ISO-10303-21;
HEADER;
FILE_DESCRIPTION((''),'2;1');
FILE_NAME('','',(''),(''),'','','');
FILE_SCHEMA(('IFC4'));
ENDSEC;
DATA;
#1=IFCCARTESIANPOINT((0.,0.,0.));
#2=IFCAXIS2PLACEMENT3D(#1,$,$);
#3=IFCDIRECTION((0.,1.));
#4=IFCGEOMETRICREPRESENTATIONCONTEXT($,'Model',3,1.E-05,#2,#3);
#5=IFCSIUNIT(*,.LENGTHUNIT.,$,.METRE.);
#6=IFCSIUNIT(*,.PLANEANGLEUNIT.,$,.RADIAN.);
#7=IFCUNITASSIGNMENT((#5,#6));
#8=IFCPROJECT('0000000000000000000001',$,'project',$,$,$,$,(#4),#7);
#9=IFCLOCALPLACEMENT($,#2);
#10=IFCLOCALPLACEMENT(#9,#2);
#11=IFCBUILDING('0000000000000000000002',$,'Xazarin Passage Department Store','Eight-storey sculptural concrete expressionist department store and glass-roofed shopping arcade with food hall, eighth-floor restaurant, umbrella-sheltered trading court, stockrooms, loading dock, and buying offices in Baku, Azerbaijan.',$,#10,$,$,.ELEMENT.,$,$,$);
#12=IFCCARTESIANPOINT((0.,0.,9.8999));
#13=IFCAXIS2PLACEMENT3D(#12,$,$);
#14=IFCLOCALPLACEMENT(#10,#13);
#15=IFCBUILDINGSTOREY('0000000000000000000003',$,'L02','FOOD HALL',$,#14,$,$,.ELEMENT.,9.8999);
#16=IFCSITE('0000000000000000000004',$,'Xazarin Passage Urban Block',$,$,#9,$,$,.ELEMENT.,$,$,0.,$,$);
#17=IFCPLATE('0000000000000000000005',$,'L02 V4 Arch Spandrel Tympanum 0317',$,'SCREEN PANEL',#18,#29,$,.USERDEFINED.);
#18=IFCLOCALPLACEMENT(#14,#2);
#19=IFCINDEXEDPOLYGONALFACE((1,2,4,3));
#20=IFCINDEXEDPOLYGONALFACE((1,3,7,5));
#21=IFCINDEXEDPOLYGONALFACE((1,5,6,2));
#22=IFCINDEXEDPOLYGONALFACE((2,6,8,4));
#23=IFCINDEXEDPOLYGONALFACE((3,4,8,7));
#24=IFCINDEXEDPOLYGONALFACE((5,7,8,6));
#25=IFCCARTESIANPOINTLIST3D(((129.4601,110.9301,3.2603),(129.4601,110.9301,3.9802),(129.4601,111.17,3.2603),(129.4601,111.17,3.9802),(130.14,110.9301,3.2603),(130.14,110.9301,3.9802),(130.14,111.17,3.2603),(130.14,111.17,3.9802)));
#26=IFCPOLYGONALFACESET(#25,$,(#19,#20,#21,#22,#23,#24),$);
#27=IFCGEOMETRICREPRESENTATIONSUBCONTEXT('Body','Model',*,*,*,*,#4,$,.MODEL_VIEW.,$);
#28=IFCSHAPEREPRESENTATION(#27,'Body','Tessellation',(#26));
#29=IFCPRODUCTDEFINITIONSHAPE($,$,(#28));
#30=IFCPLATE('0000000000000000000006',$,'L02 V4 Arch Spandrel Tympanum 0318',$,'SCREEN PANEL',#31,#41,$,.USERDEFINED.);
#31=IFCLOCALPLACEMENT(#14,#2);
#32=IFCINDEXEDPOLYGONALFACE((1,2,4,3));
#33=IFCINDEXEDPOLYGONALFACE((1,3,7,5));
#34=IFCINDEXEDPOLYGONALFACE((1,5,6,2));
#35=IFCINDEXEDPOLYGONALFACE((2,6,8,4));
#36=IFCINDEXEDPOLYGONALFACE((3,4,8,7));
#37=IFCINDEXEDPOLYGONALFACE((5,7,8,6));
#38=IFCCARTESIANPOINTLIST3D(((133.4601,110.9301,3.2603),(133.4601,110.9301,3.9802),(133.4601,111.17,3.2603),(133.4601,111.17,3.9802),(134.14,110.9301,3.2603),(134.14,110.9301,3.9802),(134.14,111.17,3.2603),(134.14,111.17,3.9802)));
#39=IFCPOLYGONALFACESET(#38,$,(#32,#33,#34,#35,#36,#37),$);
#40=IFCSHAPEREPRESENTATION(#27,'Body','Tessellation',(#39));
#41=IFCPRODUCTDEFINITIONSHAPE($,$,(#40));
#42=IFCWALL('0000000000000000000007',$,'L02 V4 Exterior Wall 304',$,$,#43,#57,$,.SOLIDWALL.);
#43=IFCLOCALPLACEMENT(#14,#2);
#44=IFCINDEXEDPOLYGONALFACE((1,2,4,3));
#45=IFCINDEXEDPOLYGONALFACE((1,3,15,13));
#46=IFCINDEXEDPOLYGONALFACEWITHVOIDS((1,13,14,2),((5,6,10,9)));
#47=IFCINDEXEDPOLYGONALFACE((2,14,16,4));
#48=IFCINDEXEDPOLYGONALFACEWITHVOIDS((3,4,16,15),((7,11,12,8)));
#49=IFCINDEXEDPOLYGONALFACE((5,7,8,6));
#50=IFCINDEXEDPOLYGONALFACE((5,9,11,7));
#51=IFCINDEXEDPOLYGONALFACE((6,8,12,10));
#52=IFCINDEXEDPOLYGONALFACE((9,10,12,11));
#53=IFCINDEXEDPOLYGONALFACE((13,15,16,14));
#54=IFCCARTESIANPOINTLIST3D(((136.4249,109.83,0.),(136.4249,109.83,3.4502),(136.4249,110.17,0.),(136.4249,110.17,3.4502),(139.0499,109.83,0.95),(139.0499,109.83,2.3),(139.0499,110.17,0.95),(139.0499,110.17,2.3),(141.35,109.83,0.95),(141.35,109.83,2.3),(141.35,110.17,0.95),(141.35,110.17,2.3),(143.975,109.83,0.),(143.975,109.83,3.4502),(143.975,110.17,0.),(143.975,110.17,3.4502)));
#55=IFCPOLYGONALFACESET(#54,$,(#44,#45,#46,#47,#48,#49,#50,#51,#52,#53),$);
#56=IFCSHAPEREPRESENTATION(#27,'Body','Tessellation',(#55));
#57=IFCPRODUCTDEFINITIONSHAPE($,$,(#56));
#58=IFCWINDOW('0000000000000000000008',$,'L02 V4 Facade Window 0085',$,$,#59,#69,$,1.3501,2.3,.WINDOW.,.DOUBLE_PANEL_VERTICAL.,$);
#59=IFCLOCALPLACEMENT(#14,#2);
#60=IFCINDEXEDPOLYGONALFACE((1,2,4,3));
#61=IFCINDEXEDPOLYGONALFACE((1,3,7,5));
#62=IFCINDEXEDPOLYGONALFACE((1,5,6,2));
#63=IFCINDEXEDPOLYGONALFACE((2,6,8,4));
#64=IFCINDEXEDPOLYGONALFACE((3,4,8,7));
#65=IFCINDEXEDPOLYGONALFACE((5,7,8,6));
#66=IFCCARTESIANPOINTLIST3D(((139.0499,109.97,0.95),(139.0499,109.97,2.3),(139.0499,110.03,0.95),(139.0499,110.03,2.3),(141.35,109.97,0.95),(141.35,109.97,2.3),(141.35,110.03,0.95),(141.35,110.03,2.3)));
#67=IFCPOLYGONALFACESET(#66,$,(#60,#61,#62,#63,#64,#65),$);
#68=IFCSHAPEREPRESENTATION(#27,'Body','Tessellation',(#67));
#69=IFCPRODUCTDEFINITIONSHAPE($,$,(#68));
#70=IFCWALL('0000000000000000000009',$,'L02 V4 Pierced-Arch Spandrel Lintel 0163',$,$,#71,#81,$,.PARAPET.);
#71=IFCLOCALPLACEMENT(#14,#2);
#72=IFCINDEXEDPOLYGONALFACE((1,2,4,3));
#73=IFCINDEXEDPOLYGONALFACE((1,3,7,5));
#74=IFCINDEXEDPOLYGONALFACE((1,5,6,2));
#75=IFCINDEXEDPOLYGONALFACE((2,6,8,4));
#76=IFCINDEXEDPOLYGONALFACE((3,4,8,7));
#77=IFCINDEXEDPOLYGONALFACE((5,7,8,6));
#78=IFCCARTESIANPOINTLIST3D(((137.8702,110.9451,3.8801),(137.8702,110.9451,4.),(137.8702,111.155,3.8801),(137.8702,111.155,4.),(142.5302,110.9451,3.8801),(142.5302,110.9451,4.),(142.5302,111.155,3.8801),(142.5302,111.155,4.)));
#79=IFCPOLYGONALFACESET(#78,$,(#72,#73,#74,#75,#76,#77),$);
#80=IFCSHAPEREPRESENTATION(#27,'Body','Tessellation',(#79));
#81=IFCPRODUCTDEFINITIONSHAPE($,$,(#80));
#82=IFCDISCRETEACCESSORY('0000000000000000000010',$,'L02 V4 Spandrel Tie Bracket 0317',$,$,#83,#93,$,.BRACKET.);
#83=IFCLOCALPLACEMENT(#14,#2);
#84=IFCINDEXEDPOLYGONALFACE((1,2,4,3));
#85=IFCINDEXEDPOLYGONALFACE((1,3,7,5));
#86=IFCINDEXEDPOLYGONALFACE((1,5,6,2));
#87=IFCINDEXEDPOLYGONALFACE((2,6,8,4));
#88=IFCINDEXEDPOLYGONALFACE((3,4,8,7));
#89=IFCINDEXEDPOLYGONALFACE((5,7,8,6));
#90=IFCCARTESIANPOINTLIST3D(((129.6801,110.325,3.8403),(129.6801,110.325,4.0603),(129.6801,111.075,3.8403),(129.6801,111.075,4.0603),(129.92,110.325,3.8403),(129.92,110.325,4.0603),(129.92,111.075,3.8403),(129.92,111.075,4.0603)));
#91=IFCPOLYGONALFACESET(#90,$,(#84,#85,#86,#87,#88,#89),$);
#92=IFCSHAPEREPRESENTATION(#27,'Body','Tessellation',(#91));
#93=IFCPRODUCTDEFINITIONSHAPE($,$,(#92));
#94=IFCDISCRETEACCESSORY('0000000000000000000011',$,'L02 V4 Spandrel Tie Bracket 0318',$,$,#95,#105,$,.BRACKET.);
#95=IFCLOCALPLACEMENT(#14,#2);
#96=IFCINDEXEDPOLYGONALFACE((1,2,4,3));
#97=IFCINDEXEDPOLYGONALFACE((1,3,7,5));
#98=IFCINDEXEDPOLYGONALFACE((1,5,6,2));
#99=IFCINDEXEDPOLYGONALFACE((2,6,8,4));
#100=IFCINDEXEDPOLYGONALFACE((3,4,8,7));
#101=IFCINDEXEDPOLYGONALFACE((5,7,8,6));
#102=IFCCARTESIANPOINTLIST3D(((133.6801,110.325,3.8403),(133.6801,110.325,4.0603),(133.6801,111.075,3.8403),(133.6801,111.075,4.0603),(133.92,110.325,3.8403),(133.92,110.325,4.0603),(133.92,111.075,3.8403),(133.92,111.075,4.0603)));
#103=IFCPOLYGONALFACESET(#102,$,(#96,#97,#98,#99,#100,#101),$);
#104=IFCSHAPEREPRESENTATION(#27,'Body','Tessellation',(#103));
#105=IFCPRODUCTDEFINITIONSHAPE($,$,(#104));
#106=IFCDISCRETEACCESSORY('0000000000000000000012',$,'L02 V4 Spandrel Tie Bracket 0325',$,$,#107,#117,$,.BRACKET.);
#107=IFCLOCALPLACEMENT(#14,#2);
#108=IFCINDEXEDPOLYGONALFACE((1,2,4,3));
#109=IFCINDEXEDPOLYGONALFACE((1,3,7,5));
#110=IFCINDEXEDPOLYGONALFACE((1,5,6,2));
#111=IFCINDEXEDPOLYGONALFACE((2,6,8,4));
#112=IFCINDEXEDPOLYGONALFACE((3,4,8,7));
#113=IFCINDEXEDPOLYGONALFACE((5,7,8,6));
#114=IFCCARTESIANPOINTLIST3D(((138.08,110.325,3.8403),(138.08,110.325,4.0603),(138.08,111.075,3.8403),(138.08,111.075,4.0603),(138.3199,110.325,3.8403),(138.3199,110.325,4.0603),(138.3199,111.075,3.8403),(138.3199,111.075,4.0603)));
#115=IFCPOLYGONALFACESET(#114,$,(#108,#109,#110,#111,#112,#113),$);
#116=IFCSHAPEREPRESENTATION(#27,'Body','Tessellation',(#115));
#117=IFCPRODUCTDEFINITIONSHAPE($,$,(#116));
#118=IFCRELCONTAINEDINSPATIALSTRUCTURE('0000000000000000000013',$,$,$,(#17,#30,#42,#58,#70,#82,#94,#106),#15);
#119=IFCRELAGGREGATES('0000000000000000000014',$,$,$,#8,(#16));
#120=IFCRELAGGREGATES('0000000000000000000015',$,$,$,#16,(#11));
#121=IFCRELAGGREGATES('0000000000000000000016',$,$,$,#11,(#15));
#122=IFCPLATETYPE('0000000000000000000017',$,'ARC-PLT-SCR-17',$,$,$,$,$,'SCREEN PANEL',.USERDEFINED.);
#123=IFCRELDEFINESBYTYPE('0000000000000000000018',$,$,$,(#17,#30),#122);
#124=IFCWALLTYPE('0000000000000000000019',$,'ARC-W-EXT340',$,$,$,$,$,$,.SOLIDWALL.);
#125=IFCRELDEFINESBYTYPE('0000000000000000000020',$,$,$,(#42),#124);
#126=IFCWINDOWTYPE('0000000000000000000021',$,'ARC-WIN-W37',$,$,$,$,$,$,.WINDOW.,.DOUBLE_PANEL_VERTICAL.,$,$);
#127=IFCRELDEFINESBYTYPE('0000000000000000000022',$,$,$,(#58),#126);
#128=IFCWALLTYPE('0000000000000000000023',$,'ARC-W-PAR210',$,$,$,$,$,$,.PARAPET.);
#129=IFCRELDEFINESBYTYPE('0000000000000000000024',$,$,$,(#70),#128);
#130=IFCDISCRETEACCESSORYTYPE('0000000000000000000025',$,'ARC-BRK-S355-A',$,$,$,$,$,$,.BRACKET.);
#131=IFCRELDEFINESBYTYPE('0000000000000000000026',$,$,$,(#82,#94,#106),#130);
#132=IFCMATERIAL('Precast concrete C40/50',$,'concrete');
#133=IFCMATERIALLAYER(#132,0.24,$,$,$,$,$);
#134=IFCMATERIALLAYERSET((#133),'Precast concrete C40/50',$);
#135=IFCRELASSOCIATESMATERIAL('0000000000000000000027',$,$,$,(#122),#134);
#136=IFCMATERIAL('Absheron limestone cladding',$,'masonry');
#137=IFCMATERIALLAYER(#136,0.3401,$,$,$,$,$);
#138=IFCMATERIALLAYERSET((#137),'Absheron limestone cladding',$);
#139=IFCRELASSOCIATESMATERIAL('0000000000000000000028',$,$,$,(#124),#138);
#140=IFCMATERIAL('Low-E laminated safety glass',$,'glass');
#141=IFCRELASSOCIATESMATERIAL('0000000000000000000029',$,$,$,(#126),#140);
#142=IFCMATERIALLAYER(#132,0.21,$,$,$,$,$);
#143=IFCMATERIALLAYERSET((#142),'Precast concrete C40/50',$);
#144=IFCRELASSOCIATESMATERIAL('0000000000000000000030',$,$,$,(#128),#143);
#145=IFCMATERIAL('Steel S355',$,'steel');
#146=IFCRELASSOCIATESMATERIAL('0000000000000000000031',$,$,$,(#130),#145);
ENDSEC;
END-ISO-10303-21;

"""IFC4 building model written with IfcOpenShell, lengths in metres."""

from ifc_helpers import new_model, si_unit, direction, frame, frame_2d, origin, origin_2d, place, context, subcontext, project, spatial, rectangle, extrude, material, layer, layer_set, type_object, element, fill, save


model = new_model("IFC4")

# Units and contexts
model_context = context("Model", 3, precision=1e-05, world=origin(), true_north=direction((0.0, 1.0)))
body_context = subcontext(model_context, "Body", "Model", "MODEL_VIEW")
ifc_project = project(units=[si_unit("LENGTHUNIT", "METRE"), si_unit("PLANEANGLEUNIT", "RADIAN")], contexts=[model_context])

# Site, building, storey
site_placement = place(None, origin())
site = spatial("IfcSite", under=ifc_project, at=site_placement, Name="Xazarin Passage Urban Block", CompositionType="ELEMENT", RefElevation=0.0)
building_placement = place(site_placement, origin())
building = spatial("IfcBuilding", under=site, at=building_placement, Name="Xazarin Passage Department Store", Description="Eight-storey sculptural concrete expressionist department store and glass-roofed shopping arcade with food hall, eighth-floor restaurant, umbrella-sheltered trading court, stockrooms, loading dock, and buying offices in Baku, Azerbaijan.", CompositionType="ELEMENT")
storey_placement = place(building_placement, frame((0.0, 0.0, 9.8999)))
storey = spatial("IfcBuildingStorey", under=building, at=storey_placement, Name="L02", Description="FOOD HALL", CompositionType="ELEMENT", Elevation=9.8999)

# Plates
ifc_material_1 = material(Name="Precast concrete C40/50", Category="concrete")
ifc_layer_1 = layer(ifc_material_1, 0.24)
ifc_layer_set_1 = layer_set([ifc_layer_1], Name="Precast concrete C40/50")
plate_type_1 = type_object("IfcPlateType", Name="ARC-PLT-SCR-17", ElementType="SCREEN PANEL", PredefinedType="USERDEFINED", material=ifc_layer_set_1)
for number, where, z_axis, x_axis, name in (
    (1, (129.8, 111.05, 3.2603), (0.0, 0.0, 1.0), (1.0, 0.0, 0.0), "L02 V4 Arch Spandrel Tympanum 0317"),
    (2, (133.8, 111.05, 3.2603), (0.0, 0.0, 1.0), (1.0, 0.0, 0.0), "L02 V4 Arch Spandrel Tympanum 0318"),
):
    element("IfcPlate", number, at=place(storey_placement, frame(where, z_axis=z_axis, x_axis=x_axis)), inside=storey, type_object=plate_type_1, Name=name, ObjectType="SCREEN PANEL", PredefinedType="USERDEFINED", context=body_context, shape_type="SweptSolid", body=[
        extrude(rectangle(XDim=0.6799, YDim=0.24, at=origin_2d()), origin(), (0.0, 0.0, 1.0), 0.72),
    ])

# Wall, opening, window
ifc_material_2 = material(Name="Absheron limestone cladding", Category="masonry")
ifc_layer_2 = layer(ifc_material_2, 0.3401)
ifc_layer_set_2 = layer_set([ifc_layer_2], Name="Absheron limestone cladding")
wall_type_1 = type_object("IfcWallType", Name="ARC-W-EXT340", PredefinedType="SOLIDWALL", material=ifc_layer_set_2)
wall_1_placement = place(storey_placement, frame((136.425, 110.0, 0.0), z_axis=(0.0, 0.0, 1.0), x_axis=(1.0, 0.0, 0.0)))
wall_1 = element("IfcWall", 3, at=wall_1_placement, inside=storey, type_object=wall_type_1, Name="L02 V4 Exterior Wall 304", PredefinedType="SOLIDWALL", context=body_context, shape_type="SweptSolid", body=[
    extrude(rectangle(XDim=7.55, YDim=0.3401, at=frame_2d((3.7749, 0.0))), origin(), (0.0, 0.0, 1.0), 3.4502),
])
opening_placement = place(wall_1_placement, frame((2.625, 0.0, 0.95)))
opening = element("IfcOpeningElement", 4, at=opening_placement, cuts=wall_1, PredefinedType="OPENING", context=body_context, shape_type="SweptSolid", body=[
    extrude(rectangle(XDim=2.3, YDim=1.3501, at=frame_2d((1.1499, 0.675))), frame((0.0, 0.1799, 0.0), z_axis=(0.0, -1.0, 0.0), x_axis=(1.0, 0.0, 0.0)), (0.0, 0.0, 1.0), 0.3601),
])
ifc_material_3 = material(Name="Low-E laminated safety glass", Category="glass")
window_type = type_object("IfcWindowType", Name="ARC-WIN-W37", PartitioningType="DOUBLE_PANEL_VERTICAL", PredefinedType="WINDOW", material=ifc_material_3)
window_placement = place(opening_placement, origin())
window = element("IfcWindow", 5, at=window_placement, inside=storey, type_object=window_type, Name="L02 V4 Facade Window 0085", OverallHeight=1.3501, OverallWidth=2.3, PartitioningType="DOUBLE_PANEL_VERTICAL", PredefinedType="WINDOW", context=body_context, shape_type="SweptSolid", body=[
    extrude(rectangle(XDim=2.3, YDim=1.3501, at=frame_2d((1.1499, 0.675))), frame((0.0, 0.03, 0.0), z_axis=(0.0, -1.0, 0.0), x_axis=(1.0, 0.0, 0.0)), (0.0, 0.0, 1.0), 0.0601),
])
fill(opening, window)

# Wall
ifc_layer_3 = layer(ifc_material_1, 0.21)
ifc_layer_set_3 = layer_set([ifc_layer_3], Name="Precast concrete C40/50")
wall_type_2 = type_object("IfcWallType", Name="ARC-W-PAR210", PredefinedType="PARAPET", material=ifc_layer_set_3)
wall_2_placement = place(storey_placement, frame((137.8701, 111.05, 3.8801), z_axis=(0.0, 0.0, 1.0), x_axis=(1.0, 0.0, 0.0)))
element("IfcWall", 6, at=wall_2_placement, inside=storey, type_object=wall_type_2, Name="L02 V4 Pierced-Arch Spandrel Lintel 0163", PredefinedType="PARAPET", context=body_context, shape_type="SweptSolid", body=[
    extrude(rectangle(XDim=4.6599, YDim=0.21, at=frame_2d((2.3301, 0.0))), origin(), (0.0, 0.0, 1.0), 0.1199),
])

# Discrete accessories
ifc_material_4 = material(Name="Steel S355", Category="steel")
discrete_accessory_type = type_object("IfcDiscreteAccessoryType", Name="ARC-BRK-S355-A", PredefinedType="BRACKET", material=ifc_material_4)
for number, where, z_axis, x_axis, name in (
    (7, (129.8, 110.7, 3.8403), (0.0, 0.0, 1.0), (1.0, 0.0, 0.0), "L02 V4 Spandrel Tie Bracket 0317"),
    (8, (133.8, 110.7, 3.8403), (0.0, 0.0, 1.0), (1.0, 0.0, 0.0), "L02 V4 Spandrel Tie Bracket 0318"),
    (9, (138.2, 110.7, 3.8403), (0.0, 0.0, 1.0), (1.0, 0.0, 0.0), "L02 V4 Spandrel Tie Bracket 0325"),
):
    element("IfcDiscreteAccessory", number, at=place(storey_placement, frame(where, z_axis=z_axis, x_axis=x_axis)), inside=storey, type_object=discrete_accessory_type, Name=name, PredefinedType="BRACKET", context=body_context, shape_type="SweptSolid", body=[
        extrude(rectangle(XDim=0.24, YDim=0.75, at=origin_2d()), origin(), (0.0, 0.0, 1.0), 0.22),
    ])

save(model, "model.ifc")
